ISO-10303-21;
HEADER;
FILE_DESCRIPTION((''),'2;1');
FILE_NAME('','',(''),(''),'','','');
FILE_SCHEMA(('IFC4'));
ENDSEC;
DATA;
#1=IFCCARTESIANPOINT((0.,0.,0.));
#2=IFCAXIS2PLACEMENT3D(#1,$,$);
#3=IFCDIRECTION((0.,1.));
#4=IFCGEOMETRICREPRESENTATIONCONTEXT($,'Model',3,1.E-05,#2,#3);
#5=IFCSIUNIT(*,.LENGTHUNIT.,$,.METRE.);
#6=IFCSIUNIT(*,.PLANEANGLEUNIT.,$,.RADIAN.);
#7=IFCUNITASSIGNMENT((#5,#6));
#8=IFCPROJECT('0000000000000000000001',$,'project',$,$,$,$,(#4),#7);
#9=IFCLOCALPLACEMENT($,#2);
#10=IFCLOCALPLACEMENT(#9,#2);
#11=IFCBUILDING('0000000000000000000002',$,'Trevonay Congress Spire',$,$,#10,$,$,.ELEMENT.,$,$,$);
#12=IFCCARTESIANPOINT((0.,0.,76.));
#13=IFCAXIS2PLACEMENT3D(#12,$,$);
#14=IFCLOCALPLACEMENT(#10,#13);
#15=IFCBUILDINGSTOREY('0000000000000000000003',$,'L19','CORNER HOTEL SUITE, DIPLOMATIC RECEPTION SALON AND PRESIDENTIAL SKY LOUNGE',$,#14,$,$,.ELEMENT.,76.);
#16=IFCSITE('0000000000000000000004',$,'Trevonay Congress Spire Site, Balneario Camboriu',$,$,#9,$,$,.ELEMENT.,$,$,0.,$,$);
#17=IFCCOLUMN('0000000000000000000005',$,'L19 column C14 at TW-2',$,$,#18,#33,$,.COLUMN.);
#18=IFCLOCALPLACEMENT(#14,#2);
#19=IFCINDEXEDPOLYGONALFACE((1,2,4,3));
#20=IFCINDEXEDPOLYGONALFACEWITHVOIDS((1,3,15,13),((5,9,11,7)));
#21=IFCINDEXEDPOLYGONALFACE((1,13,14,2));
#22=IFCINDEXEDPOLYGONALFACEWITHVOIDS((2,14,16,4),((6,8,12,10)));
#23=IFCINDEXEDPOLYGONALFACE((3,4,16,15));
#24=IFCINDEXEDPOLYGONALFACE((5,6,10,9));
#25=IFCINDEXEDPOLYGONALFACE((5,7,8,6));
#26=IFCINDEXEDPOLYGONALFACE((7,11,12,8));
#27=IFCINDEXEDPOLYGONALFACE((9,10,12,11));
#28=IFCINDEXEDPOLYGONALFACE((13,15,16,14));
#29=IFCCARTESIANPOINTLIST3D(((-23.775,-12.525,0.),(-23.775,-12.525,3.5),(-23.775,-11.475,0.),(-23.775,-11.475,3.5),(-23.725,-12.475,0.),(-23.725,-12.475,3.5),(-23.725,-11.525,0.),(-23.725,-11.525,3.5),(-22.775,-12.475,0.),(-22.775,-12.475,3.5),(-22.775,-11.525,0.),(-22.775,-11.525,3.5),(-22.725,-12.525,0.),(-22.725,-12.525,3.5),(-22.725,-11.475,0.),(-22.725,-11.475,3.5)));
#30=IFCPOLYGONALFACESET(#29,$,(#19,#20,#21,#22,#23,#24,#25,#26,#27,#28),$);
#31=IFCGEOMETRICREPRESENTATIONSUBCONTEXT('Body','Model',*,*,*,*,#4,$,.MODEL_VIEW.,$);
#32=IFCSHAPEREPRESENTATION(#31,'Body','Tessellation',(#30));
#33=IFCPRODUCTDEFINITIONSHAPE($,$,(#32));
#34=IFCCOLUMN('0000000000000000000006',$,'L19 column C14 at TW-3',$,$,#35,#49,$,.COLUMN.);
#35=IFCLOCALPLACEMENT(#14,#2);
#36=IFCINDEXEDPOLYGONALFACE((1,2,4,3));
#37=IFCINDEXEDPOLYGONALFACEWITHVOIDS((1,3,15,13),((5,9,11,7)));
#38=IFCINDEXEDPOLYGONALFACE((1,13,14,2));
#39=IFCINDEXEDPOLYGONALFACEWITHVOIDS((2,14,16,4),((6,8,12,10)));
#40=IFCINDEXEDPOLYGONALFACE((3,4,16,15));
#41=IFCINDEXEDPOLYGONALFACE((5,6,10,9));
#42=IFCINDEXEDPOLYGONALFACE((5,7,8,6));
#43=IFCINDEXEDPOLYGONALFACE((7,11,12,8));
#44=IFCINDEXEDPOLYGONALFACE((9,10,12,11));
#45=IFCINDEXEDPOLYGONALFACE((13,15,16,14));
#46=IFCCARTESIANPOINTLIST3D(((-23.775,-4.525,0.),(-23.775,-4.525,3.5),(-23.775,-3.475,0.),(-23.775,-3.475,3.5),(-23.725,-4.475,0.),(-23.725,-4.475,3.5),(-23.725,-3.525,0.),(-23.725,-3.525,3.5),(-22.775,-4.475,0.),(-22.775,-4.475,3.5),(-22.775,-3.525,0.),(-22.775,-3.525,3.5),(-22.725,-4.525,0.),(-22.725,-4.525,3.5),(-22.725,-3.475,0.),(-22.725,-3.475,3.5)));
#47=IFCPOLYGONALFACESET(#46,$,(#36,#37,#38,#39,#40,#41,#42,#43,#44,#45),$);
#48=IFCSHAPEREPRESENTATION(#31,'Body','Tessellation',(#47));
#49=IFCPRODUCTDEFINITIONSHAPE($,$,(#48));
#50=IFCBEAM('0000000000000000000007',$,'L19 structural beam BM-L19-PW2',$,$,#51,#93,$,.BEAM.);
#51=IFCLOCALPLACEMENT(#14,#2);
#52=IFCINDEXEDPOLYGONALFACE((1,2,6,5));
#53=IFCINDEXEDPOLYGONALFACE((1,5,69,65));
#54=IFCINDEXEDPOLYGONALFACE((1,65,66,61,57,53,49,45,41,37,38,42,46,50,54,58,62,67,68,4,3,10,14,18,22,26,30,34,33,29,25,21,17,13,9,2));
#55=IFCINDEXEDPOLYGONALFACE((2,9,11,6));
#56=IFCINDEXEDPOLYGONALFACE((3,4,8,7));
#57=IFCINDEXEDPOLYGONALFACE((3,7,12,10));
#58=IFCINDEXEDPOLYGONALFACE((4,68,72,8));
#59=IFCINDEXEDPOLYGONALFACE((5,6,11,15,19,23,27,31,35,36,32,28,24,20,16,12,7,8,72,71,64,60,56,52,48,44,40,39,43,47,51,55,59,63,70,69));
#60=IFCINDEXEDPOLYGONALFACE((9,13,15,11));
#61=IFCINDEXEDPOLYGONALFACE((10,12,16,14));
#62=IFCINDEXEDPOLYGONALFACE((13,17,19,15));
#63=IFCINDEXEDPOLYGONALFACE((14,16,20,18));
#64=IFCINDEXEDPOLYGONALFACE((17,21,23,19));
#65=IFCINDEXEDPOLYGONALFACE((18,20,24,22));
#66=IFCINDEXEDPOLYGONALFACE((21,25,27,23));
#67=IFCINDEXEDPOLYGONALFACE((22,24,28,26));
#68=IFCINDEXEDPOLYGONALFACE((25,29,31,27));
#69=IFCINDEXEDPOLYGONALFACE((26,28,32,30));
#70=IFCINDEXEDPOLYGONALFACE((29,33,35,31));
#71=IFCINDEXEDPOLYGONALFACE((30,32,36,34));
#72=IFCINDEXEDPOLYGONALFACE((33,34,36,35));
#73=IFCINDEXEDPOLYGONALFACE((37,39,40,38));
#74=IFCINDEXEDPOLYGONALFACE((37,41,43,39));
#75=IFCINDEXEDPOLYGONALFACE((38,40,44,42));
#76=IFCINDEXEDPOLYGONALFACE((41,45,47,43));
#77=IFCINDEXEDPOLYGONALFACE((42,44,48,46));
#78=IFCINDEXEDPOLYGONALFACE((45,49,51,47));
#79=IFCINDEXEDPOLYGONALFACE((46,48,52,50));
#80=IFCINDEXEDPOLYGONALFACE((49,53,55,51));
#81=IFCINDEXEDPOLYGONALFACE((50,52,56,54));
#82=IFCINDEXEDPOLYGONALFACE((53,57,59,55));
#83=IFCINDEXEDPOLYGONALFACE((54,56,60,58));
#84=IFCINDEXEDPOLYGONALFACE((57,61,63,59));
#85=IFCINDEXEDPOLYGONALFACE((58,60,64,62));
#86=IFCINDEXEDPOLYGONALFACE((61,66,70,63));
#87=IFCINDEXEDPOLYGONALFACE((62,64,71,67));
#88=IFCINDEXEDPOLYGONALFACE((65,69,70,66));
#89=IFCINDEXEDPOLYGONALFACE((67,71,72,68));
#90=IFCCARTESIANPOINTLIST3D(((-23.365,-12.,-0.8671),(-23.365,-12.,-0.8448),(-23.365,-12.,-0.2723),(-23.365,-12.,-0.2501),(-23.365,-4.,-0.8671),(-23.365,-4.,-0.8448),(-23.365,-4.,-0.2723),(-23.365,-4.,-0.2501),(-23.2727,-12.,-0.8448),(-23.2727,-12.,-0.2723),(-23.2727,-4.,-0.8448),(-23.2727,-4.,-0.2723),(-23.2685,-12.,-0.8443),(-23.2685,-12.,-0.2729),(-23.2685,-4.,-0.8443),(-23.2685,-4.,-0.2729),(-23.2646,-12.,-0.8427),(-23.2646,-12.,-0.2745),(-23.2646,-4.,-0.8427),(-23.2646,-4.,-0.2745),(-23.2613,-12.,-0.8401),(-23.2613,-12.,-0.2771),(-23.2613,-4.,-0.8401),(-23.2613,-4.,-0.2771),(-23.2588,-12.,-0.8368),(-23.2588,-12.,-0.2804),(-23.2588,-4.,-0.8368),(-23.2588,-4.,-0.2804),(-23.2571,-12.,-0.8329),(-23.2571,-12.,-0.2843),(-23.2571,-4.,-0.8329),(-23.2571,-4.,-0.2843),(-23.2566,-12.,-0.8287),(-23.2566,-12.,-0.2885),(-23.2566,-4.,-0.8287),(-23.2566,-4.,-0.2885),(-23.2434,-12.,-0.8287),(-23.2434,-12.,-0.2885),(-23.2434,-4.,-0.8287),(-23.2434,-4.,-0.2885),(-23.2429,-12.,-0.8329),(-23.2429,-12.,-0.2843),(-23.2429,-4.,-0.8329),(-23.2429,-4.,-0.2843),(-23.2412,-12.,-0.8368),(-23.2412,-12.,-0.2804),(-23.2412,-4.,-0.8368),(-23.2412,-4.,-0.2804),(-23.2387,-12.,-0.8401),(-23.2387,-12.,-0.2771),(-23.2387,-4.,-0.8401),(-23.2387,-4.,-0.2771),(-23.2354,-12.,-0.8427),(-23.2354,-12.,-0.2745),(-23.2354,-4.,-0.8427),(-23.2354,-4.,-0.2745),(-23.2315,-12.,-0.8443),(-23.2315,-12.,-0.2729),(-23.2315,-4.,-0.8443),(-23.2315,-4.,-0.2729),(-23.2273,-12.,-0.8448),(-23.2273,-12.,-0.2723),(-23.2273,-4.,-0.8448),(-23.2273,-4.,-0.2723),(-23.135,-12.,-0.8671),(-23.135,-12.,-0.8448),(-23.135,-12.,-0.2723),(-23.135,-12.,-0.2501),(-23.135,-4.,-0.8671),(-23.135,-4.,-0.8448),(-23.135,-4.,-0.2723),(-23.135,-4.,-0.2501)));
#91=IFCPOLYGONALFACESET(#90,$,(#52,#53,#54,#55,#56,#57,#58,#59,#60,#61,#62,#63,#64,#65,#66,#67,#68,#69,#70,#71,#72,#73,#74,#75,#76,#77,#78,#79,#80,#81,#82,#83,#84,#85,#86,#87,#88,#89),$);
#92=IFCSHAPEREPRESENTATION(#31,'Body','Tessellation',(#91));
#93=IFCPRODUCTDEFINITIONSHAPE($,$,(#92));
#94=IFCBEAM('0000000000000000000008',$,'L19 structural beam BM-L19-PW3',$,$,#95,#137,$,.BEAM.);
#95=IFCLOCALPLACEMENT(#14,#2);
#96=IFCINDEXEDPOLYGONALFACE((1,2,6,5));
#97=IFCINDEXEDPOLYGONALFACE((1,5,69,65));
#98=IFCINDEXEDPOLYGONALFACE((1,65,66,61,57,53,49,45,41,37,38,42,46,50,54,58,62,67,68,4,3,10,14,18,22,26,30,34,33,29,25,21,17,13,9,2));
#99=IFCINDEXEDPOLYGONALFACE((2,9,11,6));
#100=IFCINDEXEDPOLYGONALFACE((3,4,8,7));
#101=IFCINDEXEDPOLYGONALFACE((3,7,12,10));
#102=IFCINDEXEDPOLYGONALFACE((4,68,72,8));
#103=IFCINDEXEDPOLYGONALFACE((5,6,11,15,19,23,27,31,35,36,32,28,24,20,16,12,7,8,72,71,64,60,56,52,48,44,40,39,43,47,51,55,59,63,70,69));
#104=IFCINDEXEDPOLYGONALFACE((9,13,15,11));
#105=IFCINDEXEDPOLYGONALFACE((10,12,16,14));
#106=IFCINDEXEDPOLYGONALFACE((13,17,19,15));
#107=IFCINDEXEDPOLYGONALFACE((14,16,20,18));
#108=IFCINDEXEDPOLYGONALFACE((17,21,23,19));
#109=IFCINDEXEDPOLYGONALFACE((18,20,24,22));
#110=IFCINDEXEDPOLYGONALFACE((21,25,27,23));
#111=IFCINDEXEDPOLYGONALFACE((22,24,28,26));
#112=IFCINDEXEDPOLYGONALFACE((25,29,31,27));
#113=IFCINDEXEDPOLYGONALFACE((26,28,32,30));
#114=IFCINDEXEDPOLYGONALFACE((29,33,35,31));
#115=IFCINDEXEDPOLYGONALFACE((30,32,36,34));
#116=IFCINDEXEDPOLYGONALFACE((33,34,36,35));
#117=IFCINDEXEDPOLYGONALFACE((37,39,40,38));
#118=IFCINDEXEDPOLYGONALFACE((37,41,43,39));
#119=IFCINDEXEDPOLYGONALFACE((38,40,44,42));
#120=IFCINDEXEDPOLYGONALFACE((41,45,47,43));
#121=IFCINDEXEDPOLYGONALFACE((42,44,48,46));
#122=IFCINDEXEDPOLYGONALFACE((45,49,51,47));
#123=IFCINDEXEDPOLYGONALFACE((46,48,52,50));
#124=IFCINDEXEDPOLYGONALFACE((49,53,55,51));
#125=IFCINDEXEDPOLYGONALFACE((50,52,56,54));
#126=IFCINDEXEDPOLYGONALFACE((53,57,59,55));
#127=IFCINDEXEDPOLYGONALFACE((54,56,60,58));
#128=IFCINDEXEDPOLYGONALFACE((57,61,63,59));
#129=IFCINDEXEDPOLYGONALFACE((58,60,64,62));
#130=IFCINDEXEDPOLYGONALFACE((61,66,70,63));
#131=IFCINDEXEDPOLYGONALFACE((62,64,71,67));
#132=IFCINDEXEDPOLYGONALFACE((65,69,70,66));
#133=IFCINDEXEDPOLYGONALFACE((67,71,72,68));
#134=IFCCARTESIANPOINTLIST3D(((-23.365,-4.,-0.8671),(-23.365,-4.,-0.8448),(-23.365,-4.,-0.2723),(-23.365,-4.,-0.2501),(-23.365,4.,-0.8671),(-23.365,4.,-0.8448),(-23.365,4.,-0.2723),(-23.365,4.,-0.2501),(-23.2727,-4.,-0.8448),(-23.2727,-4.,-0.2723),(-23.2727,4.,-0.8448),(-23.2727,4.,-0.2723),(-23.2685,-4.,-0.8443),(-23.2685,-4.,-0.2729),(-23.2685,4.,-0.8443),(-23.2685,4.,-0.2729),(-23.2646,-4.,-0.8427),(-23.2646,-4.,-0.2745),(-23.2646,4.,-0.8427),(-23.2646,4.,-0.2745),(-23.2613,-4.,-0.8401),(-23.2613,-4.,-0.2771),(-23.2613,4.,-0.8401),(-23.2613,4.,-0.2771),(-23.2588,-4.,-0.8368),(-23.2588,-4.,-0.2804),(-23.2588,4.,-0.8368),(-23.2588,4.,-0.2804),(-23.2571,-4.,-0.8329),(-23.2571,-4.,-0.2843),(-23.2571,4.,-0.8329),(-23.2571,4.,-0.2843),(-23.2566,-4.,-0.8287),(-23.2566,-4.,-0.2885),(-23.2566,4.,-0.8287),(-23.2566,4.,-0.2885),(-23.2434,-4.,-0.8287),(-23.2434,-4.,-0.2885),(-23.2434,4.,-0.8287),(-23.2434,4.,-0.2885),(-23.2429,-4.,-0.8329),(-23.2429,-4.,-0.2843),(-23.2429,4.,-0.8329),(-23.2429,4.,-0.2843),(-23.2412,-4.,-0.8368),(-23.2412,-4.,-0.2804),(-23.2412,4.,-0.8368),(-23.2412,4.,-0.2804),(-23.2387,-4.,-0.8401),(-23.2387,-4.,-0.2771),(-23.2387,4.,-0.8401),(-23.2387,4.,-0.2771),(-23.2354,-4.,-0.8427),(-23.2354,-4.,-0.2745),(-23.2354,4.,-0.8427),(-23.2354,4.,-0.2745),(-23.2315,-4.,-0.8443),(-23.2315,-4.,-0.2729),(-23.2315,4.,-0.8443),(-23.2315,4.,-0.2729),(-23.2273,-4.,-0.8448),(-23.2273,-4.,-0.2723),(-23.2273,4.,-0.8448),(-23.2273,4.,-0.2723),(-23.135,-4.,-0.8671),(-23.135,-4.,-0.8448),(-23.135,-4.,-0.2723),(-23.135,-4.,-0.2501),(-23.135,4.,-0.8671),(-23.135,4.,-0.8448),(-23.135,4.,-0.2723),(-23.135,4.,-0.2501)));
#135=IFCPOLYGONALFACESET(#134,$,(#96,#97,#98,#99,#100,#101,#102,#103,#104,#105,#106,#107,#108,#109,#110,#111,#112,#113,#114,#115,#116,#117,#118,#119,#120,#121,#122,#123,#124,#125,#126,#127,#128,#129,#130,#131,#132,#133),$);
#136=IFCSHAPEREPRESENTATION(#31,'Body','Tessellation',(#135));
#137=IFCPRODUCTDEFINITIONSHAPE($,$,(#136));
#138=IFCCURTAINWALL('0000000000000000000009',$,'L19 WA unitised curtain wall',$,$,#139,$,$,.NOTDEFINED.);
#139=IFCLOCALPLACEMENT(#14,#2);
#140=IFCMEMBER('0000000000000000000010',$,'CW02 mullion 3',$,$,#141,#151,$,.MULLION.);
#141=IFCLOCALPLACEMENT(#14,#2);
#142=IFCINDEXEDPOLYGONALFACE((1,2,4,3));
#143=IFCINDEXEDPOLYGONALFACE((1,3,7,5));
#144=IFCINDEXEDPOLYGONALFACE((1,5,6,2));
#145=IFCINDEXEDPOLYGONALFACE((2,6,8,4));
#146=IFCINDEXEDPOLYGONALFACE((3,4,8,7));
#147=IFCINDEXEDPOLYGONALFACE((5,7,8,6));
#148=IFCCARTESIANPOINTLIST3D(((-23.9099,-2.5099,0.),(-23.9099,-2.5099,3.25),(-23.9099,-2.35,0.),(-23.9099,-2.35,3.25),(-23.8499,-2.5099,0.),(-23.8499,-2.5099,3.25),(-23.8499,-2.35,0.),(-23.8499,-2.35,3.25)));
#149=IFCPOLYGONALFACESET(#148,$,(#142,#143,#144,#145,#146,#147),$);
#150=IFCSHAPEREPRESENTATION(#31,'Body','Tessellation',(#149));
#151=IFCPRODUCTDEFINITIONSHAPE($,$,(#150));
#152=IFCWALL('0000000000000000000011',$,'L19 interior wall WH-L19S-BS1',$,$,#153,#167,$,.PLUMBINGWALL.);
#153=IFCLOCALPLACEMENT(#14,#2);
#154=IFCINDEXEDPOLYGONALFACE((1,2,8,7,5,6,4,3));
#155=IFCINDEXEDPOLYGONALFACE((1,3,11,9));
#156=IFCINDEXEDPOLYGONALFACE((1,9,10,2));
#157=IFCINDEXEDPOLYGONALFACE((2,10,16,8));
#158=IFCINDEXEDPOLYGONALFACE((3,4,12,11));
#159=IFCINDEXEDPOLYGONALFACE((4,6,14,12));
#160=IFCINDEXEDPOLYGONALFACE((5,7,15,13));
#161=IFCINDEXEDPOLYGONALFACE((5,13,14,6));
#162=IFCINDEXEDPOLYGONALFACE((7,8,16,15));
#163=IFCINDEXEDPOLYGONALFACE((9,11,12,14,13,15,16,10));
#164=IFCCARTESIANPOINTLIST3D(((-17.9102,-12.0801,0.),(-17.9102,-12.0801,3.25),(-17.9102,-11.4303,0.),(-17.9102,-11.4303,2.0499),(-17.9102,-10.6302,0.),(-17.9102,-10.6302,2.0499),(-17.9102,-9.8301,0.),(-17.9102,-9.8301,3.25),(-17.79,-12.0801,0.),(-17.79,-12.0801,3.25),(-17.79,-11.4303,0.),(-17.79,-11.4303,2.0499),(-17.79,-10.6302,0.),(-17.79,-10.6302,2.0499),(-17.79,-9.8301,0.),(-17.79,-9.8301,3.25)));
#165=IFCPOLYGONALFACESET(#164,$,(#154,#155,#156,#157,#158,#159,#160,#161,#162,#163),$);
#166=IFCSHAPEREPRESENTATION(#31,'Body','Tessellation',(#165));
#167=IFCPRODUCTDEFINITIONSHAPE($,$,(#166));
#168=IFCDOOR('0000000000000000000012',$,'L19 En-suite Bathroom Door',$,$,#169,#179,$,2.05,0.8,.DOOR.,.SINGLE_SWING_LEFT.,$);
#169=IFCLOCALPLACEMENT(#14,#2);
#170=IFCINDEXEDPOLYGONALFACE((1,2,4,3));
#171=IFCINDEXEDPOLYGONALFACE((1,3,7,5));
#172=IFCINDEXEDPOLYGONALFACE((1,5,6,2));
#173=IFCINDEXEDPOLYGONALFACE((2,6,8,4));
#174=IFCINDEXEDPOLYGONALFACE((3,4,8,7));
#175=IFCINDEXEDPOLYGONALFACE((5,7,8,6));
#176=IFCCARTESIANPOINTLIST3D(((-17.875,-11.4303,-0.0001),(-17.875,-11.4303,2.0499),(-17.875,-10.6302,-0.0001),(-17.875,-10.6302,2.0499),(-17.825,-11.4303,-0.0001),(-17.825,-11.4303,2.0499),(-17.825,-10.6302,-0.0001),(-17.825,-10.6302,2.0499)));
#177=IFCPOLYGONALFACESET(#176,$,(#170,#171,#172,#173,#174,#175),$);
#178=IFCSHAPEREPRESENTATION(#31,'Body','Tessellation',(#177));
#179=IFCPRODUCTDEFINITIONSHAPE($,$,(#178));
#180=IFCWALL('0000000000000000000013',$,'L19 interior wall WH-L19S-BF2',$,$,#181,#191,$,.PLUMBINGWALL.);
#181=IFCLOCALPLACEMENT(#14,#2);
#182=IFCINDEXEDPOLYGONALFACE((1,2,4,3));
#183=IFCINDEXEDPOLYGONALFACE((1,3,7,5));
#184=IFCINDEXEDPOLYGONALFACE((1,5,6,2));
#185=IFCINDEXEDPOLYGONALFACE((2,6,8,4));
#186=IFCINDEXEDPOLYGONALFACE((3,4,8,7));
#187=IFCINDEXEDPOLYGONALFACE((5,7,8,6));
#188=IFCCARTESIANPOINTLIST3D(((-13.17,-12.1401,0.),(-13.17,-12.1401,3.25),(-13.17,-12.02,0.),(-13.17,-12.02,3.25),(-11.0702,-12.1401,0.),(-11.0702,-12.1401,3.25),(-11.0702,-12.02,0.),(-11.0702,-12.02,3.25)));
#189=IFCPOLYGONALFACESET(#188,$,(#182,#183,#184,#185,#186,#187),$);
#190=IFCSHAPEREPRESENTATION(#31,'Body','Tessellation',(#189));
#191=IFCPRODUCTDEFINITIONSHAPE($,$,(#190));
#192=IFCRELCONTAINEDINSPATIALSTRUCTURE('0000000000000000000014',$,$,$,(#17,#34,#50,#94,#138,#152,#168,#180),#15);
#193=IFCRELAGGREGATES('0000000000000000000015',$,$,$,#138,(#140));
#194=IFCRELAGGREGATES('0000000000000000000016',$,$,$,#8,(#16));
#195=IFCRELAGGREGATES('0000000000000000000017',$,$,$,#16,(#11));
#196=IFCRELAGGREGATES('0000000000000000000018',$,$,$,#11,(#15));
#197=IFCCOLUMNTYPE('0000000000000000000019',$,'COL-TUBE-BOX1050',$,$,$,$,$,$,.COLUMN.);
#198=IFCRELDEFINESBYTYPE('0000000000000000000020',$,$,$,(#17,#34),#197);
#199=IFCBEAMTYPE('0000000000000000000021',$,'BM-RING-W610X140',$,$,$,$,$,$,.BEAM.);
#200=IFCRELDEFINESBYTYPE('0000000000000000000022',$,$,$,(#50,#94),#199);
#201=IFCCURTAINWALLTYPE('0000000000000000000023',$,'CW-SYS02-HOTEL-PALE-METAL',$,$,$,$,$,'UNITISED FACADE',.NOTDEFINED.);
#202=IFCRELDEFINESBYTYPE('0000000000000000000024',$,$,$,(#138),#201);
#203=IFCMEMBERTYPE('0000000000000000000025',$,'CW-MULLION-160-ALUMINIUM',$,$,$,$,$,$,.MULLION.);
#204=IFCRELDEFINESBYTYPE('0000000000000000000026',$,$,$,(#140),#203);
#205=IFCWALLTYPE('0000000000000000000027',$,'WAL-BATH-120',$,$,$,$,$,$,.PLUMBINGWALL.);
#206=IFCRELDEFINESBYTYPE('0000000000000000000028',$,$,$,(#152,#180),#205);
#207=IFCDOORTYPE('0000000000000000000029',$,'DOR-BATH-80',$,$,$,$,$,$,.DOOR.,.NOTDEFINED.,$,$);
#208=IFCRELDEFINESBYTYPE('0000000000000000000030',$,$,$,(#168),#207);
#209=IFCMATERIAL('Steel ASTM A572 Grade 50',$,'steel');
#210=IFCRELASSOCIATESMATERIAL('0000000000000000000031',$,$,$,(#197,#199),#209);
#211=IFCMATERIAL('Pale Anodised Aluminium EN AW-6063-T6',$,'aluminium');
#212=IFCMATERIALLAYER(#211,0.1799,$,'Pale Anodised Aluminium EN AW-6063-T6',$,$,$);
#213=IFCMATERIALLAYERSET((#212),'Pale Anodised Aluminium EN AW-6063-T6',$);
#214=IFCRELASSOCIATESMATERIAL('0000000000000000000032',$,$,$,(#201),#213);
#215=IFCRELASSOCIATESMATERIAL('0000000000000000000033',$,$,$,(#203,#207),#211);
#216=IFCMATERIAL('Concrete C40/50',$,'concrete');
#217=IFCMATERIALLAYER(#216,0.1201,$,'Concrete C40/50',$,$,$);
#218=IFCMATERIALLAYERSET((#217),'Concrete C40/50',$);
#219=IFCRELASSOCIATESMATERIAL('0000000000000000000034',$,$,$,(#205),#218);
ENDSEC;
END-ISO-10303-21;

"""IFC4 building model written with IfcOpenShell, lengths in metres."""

from ifc_helpers import new_model, si_unit, direction, frame, frame_2d, origin, origin_2d, place, context, subcontext, project, spatial, rectangle, hollow_rectangle, i_section, extrude, material, layer, layer_set, material_profile, profile_set, type_object, element, fill, aggregate, save


model = new_model("IFC4")

# Units and contexts
model_context = context("Model", 3, precision=1e-05, world=origin(), true_north=direction((0.0, 1.0)))
body_context = subcontext(model_context, "Body", "Model", "MODEL_VIEW")
ifc_project = project(units=[si_unit("LENGTHUNIT", "METRE"), si_unit("PLANEANGLEUNIT", "RADIAN")], contexts=[model_context])

# Site, building, storey
site_placement = place(None, origin())
site = spatial("IfcSite", under=ifc_project, at=site_placement, Name="Trevonay Congress Spire Site, Balneario Camboriu", CompositionType="ELEMENT", RefElevation=0.0)
building_placement = place(site_placement, origin())
building = spatial("IfcBuilding", under=site, at=building_placement, Name="Trevonay Congress Spire", CompositionType="ELEMENT")
storey_placement = place(building_placement, frame((0.0, 0.0, 76.0)))
storey = spatial("IfcBuildingStorey", under=building, at=storey_placement, Name="L19", Description="CORNER HOTEL SUITE, DIPLOMATIC RECEPTION SALON AND PRESIDENTIAL SKY LOUNGE", CompositionType="ELEMENT", Elevation=76.0)

# Columns
ifc_material_1 = material(Name="Steel ASTM A572 Grade 50", Category="steel")
ifc_material_profile_1 = material_profile(ifc_material_1, hollow_rectangle(XDim=1.05, YDim=1.05, WallThickness=0.05, at=origin_2d()), Name="BOX 1050x1050x50")
ifc_profile_set_1 = profile_set([ifc_material_profile_1], Name="Steel ASTM A572 Grade 50")
column_type = type_object("IfcColumnType", Name="COL-TUBE-BOX1050", PredefinedType="COLUMN", material=ifc_profile_set_1)
for number, where, z_axis, x_axis, name in (
    (1, (-23.25, -12.0, 0.0), (0.0, 0.0, 1.0), (1.0, 0.0, 0.0), "L19 column C14 at TW-2"),
    (2, (-23.25, -4.0, 0.0), (0.0, 0.0, 1.0), (1.0, 0.0, 0.0), "L19 column C14 at TW-3"),
):
    element("IfcColumn", number, at=place(storey_placement, frame(where, z_axis=z_axis, x_axis=x_axis)), inside=storey, type_object=column_type, Name=name, PredefinedType="COLUMN", context=body_context, shape_type="SweptSolid", body=[
        extrude(hollow_rectangle(XDim=1.05, YDim=1.05, WallThickness=0.05, at=origin_2d()), origin(), (0.0, 0.0, 1.0), 3.5),
    ])

# Beams
ifc_material_profile_2 = material_profile(ifc_material_1, i_section(OverallWidth=0.23, OverallDepth=0.6169, WebThickness=0.0132, FlangeThickness=0.0222, FilletRadius=0.0161, at=origin_2d()), Name="W610x140")
ifc_profile_set_2 = profile_set([ifc_material_profile_2], Name="Steel ASTM A572 Grade 50")
beam_type = type_object("IfcBeamType", Name="BM-RING-W610X140", PredefinedType="BEAM", material=ifc_profile_set_2)
for number, where, z_axis, x_axis, name in (
    (3, (-23.25, -12.0, -0.5586), (0.0, 1.0, 0.0), (-1.0, 0.0, 0.0), "L19 structural beam BM-L19-PW2"),
    (4, (-23.25, -4.0, -0.5586), (0.0, 1.0, 0.0), (-1.0, 0.0, 0.0), "L19 structural beam BM-L19-PW3"),
):
    element("IfcBeam", number, at=place(storey_placement, frame(where, z_axis=z_axis, x_axis=x_axis)), inside=storey, type_object=beam_type, Name=name, PredefinedType="BEAM", context=body_context, shape_type="SweptSolid", body=[
        extrude(i_section(OverallWidth=0.23, OverallDepth=0.6169, WebThickness=0.0132, FlangeThickness=0.0222, FilletRadius=0.0161, at=origin_2d()), origin(), (0.0, 0.0, 1.0), 8.0),
    ])

# Curtain wall, member
ifc_material_2 = material(Name="Pale Anodised Aluminium EN AW-6063-T6", Category="aluminium")
ifc_layer_1 = layer(ifc_material_2, 0.1799, Name="Pale Anodised Aluminium EN AW-6063-T6")
ifc_layer_set_1 = layer_set([ifc_layer_1], Name="Pale Anodised Aluminium EN AW-6063-T6")
curtain_wall_type = type_object("IfcCurtainWallType", Name="CW-SYS02-HOTEL-PALE-METAL", ElementType="UNITISED FACADE", PredefinedType="NOTDEFINED", material=ifc_layer_set_1)
curtain_wall_placement = place(storey_placement, origin())
curtain_wall = element("IfcCurtainWall", 5, at=curtain_wall_placement, inside=storey, type_object=curtain_wall_type, Name="L19 WA unitised curtain wall", PredefinedType="NOTDEFINED")
ifc_material_profile_3 = material_profile(ifc_material_2, rectangle(XDim=0.0601, YDim=0.1599, at=origin_2d()), Name="CW-MULLION-160-ALUMINIUM")
ifc_profile_set_3 = profile_set([ifc_material_profile_3], Name="Pale Anodised Aluminium EN AW-6063-T6")
member_type = type_object("IfcMemberType", Name="CW-MULLION-160-ALUMINIUM", PredefinedType="MULLION", material=ifc_profile_set_3)
member_placement = place(storey_placement, frame((-23.8799, -2.4299, 0.0), z_axis=(0.0, 0.0, 1.0), x_axis=(-1.0, 0.0, 0.0)))
member = element("IfcMember", 6, at=member_placement, type_object=member_type, Name="CW02 mullion 3", PredefinedType="MULLION", context=body_context, shape_type="SweptSolid", body=[
    extrude(rectangle(XDim=0.0601, YDim=0.1599, at=origin_2d()), origin(), (0.0, 0.0, 1.0), 3.25),
])
aggregate(curtain_wall, [member])

# Wall, opening, door
ifc_material_3 = material(Name="Concrete C40/50", Category="concrete")
ifc_layer_2 = layer(ifc_material_3, 0.1201, Name="Concrete C40/50")
ifc_layer_set_2 = layer_set([ifc_layer_2], Name="Concrete C40/50")
wall_type_1 = type_object("IfcWallType", Name="WAL-BATH-120", PredefinedType="PLUMBINGWALL", material=ifc_layer_set_2)
wall_1_placement = place(storey_placement, frame((-17.8501, -12.0801, 0.0), z_axis=(0.0, 0.0, 1.0), x_axis=(0.0, 1.0, 0.0)))
wall_1 = element("IfcWall", 7, at=wall_1_placement, inside=storey, type_object=wall_type_1, Name="L19 interior wall WH-L19S-BS1", PredefinedType="PLUMBINGWALL", context=body_context, shape_type="SweptSolid", body=[
    extrude(rectangle(XDim=2.25, YDim=0.1201, at=frame_2d((1.125, 0.0))), origin(), (0.0, 0.0, 1.0), 3.25),
])
opening_1_placement = place(wall_1_placement, frame((0.6499, 0.0, 0.0)))
opening_1 = element("IfcOpeningElement", 8, at=opening_1_placement, cuts=wall_1, PredefinedType="OPENING", context=body_context, shape_type="SweptSolid", body=[
    extrude(rectangle(XDim=0.8, YDim=2.05, at=frame_2d((0.3999, 1.0249))), frame((0.0, 0.0701, 0.0), z_axis=(0.0, -1.0, 0.0), x_axis=(1.0, 0.0, 0.0)), (0.0, 0.0, 1.0), 0.1401),
])
door_type_1 = type_object("IfcDoorType", Name="DOR-BATH-80", OperationType="NOTDEFINED", PredefinedType="DOOR", material=ifc_material_2)
door_1_placement = place(opening_1_placement, origin())
door_1 = element("IfcDoor", 9, at=door_1_placement, inside=storey, type_object=door_type_1, Name="L19 En-suite Bathroom Door", OperationType="SINGLE_SWING_LEFT", OverallHeight=2.05, OverallWidth=0.8, PredefinedType="DOOR", context=body_context, shape_type="SweptSolid", body=[
    extrude(rectangle(XDim=0.8, YDim=2.05, at=frame_2d((0.3999, 1.0249))), frame((0.0, 0.0249, 0.0), z_axis=(0.0, -1.0, 0.0), x_axis=(1.0, 0.0, 0.0)), (0.0, 0.0, 1.0), 0.05),
])
fill(opening_1, door_1)

# Wall
wall_2_placement = place(storey_placement, frame((-13.1699, -12.0801, 0.0), z_axis=(0.0, 0.0, 1.0), x_axis=(1.0, 0.0, 0.0)))
element("IfcWall", 10, at=wall_2_placement, inside=storey, type_object=wall_type_1, Name="L19 interior wall WH-L19S-BF2", PredefinedType="PLUMBINGWALL", context=body_context, shape_type="SweptSolid", body=[
    extrude(rectangle(XDim=2.0999, YDim=0.1201, at=frame_2d((1.0498, 0.0))), origin(), (0.0, 0.0, 1.0), 3.25),
])

save(model, "model.ifc")
